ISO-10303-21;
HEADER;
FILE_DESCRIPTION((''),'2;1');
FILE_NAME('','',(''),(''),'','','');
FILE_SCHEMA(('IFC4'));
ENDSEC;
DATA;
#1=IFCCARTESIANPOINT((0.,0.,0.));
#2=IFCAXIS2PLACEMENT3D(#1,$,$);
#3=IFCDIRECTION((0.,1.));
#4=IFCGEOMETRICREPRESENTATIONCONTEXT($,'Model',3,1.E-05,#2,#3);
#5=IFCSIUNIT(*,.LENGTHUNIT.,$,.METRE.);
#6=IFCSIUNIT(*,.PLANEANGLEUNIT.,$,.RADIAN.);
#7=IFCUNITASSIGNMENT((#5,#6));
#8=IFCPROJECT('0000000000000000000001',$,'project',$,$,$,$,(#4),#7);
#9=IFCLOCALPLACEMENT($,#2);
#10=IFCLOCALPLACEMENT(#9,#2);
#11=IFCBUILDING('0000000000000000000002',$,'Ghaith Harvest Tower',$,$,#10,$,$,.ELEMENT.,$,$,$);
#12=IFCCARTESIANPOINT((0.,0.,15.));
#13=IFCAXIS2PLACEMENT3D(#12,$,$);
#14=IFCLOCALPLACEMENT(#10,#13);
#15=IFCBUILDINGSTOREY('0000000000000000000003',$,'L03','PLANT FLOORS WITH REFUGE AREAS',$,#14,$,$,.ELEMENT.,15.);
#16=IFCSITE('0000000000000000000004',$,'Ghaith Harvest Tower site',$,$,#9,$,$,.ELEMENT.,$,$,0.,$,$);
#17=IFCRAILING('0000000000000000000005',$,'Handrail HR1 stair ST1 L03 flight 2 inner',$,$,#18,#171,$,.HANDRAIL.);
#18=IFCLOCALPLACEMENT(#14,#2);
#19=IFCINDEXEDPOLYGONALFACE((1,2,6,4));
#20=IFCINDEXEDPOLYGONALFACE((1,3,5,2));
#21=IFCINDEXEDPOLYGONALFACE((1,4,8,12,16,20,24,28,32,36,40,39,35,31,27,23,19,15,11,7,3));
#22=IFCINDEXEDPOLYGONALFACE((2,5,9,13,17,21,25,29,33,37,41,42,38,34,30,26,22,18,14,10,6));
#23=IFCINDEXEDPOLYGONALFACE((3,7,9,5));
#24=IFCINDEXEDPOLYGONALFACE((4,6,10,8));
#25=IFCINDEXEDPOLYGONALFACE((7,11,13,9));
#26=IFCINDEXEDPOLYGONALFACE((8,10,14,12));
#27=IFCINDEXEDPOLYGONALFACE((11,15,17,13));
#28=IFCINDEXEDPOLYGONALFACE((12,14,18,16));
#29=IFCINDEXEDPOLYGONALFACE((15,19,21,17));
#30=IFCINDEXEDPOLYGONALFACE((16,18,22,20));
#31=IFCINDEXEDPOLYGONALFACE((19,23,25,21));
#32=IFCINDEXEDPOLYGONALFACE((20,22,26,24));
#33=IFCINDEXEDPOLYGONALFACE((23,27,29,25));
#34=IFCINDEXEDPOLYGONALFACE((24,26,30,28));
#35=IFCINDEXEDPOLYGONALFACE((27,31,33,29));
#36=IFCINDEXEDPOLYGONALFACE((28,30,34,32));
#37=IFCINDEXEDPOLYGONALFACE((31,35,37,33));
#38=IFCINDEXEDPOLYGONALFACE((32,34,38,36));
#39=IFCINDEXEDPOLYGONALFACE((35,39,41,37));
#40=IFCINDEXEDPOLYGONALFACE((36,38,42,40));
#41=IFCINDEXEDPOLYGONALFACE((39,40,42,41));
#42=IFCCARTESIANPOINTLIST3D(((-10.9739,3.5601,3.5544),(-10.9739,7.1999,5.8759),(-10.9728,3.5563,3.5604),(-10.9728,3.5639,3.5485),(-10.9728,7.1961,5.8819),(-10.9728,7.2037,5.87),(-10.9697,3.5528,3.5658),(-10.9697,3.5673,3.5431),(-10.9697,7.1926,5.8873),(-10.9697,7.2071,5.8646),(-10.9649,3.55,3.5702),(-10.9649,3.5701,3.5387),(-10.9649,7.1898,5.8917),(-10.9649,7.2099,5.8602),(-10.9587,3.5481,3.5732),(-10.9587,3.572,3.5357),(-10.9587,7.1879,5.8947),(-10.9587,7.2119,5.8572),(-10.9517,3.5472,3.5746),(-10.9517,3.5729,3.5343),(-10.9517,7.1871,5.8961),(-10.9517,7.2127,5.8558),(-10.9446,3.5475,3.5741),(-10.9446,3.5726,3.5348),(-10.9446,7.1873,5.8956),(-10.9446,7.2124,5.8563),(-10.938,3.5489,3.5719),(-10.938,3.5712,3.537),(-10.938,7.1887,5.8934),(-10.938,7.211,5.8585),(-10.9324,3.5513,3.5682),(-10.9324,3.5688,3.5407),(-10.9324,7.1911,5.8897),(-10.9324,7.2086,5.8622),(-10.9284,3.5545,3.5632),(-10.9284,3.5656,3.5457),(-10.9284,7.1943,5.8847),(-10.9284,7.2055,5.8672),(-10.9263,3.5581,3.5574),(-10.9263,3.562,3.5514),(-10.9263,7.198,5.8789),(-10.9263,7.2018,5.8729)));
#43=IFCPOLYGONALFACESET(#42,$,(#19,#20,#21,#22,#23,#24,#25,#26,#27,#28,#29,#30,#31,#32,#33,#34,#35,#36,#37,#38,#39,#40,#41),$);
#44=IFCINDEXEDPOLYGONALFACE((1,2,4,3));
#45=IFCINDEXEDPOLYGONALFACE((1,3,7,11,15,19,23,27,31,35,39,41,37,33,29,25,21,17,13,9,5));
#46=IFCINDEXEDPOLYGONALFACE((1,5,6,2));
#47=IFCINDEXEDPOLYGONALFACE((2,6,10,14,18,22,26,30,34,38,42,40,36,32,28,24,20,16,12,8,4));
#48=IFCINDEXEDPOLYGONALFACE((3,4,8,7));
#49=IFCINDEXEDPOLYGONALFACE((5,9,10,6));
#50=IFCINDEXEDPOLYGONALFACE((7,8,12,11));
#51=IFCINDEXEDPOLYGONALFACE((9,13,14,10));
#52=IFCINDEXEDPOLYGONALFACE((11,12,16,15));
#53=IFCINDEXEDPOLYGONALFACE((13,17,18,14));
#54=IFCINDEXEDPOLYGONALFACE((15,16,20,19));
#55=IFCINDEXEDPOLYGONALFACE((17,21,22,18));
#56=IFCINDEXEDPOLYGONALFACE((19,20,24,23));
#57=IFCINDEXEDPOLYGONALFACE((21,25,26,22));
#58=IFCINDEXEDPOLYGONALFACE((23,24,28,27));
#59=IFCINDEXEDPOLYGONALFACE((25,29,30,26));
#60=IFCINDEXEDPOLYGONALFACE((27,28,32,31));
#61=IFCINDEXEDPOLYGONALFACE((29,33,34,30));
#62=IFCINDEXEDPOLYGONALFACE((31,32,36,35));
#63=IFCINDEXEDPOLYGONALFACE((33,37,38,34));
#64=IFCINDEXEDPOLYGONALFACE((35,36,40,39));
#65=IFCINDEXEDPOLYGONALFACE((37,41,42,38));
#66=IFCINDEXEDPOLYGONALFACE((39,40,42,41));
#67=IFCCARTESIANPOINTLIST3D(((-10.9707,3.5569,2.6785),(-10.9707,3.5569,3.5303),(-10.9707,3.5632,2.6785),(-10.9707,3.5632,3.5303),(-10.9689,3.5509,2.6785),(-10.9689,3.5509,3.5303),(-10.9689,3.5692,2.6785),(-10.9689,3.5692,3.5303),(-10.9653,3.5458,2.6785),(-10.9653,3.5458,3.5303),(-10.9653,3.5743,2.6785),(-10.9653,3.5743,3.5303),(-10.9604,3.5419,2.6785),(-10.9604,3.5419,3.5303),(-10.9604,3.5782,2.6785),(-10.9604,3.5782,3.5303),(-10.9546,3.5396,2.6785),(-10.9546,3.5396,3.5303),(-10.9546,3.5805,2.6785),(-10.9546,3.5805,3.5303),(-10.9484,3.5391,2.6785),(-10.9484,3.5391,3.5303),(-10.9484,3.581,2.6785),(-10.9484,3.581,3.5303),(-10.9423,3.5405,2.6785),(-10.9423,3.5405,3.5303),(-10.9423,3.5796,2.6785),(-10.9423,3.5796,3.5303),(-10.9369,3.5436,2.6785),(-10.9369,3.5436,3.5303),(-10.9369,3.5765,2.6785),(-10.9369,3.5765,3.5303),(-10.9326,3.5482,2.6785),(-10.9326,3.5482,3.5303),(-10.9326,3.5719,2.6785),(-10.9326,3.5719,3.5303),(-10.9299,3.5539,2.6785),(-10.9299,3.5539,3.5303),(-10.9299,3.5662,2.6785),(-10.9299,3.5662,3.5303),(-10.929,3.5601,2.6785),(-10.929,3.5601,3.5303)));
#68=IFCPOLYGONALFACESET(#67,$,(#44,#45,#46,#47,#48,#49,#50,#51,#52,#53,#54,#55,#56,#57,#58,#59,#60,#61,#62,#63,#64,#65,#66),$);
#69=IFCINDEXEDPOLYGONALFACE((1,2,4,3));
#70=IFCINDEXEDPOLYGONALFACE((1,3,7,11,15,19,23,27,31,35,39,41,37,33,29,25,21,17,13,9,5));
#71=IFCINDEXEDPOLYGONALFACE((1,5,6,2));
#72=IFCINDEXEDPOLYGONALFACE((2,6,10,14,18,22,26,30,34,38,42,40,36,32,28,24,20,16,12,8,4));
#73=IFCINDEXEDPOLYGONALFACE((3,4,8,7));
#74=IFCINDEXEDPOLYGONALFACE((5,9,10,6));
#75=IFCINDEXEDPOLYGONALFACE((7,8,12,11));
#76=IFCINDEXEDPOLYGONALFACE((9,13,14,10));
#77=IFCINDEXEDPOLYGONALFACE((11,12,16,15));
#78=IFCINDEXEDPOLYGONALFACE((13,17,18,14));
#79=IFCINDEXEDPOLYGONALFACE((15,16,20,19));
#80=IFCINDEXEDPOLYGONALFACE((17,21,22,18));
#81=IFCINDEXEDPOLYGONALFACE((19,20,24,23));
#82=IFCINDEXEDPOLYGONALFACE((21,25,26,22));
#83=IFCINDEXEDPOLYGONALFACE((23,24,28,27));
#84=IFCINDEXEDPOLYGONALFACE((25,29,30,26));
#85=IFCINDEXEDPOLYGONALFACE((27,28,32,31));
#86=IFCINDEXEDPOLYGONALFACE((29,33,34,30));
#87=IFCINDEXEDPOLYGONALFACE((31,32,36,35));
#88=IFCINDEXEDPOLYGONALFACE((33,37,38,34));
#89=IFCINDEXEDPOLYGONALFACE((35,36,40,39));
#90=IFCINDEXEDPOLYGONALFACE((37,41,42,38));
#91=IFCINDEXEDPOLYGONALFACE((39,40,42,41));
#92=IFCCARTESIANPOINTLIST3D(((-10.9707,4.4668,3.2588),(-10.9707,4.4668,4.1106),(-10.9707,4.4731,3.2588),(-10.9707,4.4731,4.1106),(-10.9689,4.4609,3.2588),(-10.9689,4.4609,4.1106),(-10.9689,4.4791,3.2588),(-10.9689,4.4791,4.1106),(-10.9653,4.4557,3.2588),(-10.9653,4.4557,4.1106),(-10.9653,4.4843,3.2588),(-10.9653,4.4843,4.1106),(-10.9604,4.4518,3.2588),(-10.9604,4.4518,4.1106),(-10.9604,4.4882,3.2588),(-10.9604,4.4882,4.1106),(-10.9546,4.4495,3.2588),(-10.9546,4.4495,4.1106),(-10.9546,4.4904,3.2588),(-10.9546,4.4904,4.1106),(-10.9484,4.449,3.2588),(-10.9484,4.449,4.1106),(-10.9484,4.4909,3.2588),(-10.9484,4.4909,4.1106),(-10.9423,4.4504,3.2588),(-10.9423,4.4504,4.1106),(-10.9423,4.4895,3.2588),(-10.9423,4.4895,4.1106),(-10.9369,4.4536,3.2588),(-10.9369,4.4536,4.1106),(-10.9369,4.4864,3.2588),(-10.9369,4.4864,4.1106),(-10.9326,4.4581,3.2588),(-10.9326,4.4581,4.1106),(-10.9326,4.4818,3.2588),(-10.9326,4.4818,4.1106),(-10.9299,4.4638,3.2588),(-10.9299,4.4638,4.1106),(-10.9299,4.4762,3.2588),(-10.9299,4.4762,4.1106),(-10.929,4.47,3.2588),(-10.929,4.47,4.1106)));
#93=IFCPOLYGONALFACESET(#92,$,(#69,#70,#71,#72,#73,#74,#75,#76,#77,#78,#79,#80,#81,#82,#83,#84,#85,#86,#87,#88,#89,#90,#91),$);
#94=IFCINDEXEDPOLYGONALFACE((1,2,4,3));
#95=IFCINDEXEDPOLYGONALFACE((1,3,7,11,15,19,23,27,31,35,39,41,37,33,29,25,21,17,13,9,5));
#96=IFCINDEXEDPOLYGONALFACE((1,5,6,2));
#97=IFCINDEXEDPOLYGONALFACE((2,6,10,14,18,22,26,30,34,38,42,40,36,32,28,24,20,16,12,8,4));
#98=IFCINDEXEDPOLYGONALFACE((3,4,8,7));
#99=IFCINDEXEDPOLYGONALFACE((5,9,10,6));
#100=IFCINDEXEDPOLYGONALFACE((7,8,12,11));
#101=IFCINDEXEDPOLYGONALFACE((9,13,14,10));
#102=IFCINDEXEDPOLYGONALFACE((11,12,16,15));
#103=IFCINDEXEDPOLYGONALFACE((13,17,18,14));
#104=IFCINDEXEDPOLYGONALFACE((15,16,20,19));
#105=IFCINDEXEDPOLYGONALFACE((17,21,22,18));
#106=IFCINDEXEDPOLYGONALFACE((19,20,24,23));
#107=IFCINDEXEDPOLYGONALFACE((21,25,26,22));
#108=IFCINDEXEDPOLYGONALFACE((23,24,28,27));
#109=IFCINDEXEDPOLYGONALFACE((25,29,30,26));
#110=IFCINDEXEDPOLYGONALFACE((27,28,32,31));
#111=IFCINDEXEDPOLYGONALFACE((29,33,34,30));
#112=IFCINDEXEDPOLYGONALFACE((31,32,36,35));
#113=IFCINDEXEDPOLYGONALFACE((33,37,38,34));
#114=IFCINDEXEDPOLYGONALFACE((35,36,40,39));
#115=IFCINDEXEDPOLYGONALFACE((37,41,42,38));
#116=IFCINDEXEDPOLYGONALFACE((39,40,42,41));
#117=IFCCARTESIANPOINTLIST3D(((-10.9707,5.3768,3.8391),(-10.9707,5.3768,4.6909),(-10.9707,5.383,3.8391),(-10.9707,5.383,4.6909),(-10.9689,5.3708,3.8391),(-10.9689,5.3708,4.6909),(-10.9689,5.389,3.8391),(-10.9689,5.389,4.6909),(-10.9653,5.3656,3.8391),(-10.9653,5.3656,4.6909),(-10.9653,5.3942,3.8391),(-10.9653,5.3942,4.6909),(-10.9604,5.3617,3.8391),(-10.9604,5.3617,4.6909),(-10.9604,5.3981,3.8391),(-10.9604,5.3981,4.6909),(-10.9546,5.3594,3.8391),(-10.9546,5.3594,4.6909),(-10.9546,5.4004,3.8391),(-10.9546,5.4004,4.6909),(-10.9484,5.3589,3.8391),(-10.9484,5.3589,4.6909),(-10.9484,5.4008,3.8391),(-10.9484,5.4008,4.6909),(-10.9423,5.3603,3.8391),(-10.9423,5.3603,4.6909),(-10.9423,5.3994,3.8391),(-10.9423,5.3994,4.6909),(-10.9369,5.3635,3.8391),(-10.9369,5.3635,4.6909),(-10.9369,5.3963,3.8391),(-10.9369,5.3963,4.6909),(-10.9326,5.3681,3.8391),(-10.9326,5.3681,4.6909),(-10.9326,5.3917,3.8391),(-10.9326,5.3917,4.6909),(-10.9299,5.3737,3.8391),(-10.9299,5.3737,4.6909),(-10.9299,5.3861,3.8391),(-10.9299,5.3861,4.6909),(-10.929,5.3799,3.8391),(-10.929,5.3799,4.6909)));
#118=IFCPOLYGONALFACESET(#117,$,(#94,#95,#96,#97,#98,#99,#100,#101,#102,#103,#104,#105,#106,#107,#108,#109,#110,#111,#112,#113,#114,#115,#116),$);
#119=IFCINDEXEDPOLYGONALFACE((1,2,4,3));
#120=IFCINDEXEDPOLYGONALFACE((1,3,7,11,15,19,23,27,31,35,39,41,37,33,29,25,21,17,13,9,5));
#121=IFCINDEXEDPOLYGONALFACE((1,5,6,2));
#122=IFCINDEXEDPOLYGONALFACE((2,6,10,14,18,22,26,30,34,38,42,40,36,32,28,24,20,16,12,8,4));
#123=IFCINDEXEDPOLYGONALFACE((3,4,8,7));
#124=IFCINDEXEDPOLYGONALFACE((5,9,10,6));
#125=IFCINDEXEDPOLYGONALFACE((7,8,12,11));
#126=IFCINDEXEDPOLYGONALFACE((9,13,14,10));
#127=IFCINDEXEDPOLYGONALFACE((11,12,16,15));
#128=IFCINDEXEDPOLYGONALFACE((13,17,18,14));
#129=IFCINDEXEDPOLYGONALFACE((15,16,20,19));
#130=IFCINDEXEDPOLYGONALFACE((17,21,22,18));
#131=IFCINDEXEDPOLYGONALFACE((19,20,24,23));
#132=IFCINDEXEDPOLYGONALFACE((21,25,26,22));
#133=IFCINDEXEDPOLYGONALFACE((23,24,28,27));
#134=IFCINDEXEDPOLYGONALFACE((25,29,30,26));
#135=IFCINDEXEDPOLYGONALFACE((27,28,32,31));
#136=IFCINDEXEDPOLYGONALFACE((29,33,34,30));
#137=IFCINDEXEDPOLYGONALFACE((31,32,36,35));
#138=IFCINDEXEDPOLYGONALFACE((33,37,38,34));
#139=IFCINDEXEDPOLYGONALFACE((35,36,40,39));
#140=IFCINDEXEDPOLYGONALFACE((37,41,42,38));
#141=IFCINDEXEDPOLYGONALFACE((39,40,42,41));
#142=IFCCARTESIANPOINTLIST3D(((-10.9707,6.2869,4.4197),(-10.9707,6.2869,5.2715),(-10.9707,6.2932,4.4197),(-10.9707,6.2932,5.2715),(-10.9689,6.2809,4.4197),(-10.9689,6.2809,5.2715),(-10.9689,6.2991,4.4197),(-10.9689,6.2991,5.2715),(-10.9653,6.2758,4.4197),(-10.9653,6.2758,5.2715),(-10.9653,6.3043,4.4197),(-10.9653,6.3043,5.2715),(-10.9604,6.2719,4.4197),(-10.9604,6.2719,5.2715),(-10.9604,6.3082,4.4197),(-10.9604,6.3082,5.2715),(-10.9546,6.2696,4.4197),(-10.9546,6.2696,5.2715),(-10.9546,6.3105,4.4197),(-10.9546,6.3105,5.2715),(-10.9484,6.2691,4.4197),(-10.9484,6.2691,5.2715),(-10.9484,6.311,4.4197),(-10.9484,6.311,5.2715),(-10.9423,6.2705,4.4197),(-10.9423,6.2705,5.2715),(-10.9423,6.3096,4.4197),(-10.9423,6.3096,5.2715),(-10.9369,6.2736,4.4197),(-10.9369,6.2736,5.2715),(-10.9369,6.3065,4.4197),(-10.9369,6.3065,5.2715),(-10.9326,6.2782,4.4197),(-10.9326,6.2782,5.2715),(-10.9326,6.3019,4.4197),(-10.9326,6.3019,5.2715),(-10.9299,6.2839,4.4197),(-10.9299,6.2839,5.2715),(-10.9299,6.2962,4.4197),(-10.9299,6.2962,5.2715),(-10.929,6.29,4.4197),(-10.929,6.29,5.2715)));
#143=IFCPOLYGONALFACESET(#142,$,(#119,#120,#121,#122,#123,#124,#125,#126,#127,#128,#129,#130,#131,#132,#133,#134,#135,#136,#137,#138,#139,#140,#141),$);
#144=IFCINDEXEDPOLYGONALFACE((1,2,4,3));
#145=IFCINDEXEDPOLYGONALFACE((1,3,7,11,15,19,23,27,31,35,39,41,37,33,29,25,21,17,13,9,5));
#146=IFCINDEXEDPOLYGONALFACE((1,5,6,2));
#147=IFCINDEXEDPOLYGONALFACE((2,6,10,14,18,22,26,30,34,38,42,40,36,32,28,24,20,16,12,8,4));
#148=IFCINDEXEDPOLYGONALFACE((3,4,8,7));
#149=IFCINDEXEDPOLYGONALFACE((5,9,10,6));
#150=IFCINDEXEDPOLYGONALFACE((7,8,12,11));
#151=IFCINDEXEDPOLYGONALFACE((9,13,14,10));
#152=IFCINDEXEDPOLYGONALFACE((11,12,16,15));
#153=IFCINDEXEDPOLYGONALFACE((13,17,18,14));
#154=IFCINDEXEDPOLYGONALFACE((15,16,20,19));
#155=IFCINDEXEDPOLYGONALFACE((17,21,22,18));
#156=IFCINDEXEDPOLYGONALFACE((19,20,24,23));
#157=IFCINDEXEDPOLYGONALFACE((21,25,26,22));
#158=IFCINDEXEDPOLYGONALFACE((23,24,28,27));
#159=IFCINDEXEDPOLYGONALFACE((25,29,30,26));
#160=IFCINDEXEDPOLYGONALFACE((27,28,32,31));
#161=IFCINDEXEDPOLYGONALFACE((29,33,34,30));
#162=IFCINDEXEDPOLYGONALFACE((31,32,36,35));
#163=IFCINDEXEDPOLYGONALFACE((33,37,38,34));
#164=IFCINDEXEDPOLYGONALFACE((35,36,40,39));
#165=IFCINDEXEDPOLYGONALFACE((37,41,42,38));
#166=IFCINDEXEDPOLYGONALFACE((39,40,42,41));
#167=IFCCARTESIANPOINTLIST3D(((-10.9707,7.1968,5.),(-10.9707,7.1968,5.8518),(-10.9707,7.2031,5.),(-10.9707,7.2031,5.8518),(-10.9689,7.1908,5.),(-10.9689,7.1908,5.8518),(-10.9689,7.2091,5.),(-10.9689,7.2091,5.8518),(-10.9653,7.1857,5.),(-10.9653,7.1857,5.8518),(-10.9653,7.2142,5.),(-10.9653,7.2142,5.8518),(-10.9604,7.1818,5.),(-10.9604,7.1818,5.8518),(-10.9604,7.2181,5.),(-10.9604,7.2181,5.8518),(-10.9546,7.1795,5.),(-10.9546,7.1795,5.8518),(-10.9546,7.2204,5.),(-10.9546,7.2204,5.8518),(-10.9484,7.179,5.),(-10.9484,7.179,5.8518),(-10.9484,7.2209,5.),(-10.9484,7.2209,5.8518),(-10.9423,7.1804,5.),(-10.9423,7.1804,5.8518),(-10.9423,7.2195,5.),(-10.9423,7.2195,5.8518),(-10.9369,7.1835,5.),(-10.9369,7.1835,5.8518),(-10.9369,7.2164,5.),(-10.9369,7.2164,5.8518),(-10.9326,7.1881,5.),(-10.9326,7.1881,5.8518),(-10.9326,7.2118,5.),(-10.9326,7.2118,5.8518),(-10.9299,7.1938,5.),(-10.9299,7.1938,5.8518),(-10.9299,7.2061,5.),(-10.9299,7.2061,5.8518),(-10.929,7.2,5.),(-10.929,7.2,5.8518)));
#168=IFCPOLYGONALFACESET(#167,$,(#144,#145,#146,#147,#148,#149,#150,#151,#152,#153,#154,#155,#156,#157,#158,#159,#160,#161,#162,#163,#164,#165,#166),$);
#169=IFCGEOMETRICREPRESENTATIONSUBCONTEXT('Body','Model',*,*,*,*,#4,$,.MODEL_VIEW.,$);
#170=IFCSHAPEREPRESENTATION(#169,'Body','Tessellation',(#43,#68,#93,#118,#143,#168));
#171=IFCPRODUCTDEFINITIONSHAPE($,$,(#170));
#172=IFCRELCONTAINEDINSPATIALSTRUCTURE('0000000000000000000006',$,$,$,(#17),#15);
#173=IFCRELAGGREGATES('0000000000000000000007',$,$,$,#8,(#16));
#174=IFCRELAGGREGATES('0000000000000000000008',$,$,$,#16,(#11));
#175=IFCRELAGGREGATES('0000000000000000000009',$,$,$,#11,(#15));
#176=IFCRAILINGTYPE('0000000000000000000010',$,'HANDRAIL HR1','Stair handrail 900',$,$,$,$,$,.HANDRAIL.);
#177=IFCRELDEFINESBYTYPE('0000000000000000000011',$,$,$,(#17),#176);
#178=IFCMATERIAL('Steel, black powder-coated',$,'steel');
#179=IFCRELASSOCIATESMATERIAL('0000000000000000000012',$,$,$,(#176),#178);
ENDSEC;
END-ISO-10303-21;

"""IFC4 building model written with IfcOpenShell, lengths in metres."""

from ifc_helpers import new_model, si_unit, direction, frame, origin, origin_2d, place, context, subcontext, project, spatial, circle, extrude, material, type_object, element, save


model = new_model("IFC4")

# Units and contexts
model_context = context("Model", 3, precision=1e-05, world=origin(), true_north=direction((0.0, 1.0)))
body_context = subcontext(model_context, "Body", "Model", "MODEL_VIEW")
ifc_project = project(units=[si_unit("LENGTHUNIT", "METRE"), si_unit("PLANEANGLEUNIT", "RADIAN")], contexts=[model_context])

# Site, building, storey
site_placement = place(None, origin())
site = spatial("IfcSite", under=ifc_project, at=site_placement, Name="Ghaith Harvest Tower site", CompositionType="ELEMENT", RefElevation=0.0)
building_placement = place(site_placement, origin())
building = spatial("IfcBuilding", under=site, at=building_placement, Name="Ghaith Harvest Tower", CompositionType="ELEMENT")
storey_placement = place(building_placement, frame((0.0, 0.0, 15.0)))
storey = spatial("IfcBuildingStorey", under=building, at=storey_placement, Name="L03", Description="PLANT FLOORS WITH REFUGE AREAS", CompositionType="ELEMENT", Elevation=15.0)

# Railing
ifc_material_1 = material(Name="Steel, black powder-coated", Category="steel")
railing_type = type_object("IfcRailingType", Name="HANDRAIL HR1", Description="Stair handrail 900", PredefinedType="HANDRAIL", material=ifc_material_1)
railing_1_placement = place(storey_placement, frame((-10.95, 3.5601, 2.6785)))
element("IfcRailing", 1, at=railing_1_placement, inside=storey, type_object=railing_type, Name="Handrail HR1 stair ST1 L03 flight 2 inner", PredefinedType="HANDRAIL", context=body_context, shape_type="SweptSolid", body=[
    extrude(circle(Radius=0.0239, at=origin_2d()), frame((0.0, 0.0, 0.876), z_axis=(0.0, 0.843112, 0.537739), x_axis=(-1.0, 0.0, 0.0)), (0.0, 0.0, 1.0), 4.3171),
    extrude(circle(Radius=0.021, at=origin_2d()), origin(), (0.0, 0.0, 1.0), 0.8518),
    extrude(circle(Radius=0.021, at=origin_2d()), frame((0.0, 0.9099, 0.5803)), (0.0, 0.0, 1.0), 0.8518),
    extrude(circle(Radius=0.021, at=origin_2d()), frame((0.0, 1.8198, 1.1606)), (0.0, 0.0, 1.0), 0.8518),
    extrude(circle(Radius=0.021, at=origin_2d()), frame((0.0, 2.73, 1.7412)), (0.0, 0.0, 1.0), 0.8518),
    extrude(circle(Radius=0.021, at=origin_2d()), frame((0.0, 3.6399, 2.3215)), (0.0, 0.0, 1.0), 0.8518),
])

save(model, "model.ifc")
